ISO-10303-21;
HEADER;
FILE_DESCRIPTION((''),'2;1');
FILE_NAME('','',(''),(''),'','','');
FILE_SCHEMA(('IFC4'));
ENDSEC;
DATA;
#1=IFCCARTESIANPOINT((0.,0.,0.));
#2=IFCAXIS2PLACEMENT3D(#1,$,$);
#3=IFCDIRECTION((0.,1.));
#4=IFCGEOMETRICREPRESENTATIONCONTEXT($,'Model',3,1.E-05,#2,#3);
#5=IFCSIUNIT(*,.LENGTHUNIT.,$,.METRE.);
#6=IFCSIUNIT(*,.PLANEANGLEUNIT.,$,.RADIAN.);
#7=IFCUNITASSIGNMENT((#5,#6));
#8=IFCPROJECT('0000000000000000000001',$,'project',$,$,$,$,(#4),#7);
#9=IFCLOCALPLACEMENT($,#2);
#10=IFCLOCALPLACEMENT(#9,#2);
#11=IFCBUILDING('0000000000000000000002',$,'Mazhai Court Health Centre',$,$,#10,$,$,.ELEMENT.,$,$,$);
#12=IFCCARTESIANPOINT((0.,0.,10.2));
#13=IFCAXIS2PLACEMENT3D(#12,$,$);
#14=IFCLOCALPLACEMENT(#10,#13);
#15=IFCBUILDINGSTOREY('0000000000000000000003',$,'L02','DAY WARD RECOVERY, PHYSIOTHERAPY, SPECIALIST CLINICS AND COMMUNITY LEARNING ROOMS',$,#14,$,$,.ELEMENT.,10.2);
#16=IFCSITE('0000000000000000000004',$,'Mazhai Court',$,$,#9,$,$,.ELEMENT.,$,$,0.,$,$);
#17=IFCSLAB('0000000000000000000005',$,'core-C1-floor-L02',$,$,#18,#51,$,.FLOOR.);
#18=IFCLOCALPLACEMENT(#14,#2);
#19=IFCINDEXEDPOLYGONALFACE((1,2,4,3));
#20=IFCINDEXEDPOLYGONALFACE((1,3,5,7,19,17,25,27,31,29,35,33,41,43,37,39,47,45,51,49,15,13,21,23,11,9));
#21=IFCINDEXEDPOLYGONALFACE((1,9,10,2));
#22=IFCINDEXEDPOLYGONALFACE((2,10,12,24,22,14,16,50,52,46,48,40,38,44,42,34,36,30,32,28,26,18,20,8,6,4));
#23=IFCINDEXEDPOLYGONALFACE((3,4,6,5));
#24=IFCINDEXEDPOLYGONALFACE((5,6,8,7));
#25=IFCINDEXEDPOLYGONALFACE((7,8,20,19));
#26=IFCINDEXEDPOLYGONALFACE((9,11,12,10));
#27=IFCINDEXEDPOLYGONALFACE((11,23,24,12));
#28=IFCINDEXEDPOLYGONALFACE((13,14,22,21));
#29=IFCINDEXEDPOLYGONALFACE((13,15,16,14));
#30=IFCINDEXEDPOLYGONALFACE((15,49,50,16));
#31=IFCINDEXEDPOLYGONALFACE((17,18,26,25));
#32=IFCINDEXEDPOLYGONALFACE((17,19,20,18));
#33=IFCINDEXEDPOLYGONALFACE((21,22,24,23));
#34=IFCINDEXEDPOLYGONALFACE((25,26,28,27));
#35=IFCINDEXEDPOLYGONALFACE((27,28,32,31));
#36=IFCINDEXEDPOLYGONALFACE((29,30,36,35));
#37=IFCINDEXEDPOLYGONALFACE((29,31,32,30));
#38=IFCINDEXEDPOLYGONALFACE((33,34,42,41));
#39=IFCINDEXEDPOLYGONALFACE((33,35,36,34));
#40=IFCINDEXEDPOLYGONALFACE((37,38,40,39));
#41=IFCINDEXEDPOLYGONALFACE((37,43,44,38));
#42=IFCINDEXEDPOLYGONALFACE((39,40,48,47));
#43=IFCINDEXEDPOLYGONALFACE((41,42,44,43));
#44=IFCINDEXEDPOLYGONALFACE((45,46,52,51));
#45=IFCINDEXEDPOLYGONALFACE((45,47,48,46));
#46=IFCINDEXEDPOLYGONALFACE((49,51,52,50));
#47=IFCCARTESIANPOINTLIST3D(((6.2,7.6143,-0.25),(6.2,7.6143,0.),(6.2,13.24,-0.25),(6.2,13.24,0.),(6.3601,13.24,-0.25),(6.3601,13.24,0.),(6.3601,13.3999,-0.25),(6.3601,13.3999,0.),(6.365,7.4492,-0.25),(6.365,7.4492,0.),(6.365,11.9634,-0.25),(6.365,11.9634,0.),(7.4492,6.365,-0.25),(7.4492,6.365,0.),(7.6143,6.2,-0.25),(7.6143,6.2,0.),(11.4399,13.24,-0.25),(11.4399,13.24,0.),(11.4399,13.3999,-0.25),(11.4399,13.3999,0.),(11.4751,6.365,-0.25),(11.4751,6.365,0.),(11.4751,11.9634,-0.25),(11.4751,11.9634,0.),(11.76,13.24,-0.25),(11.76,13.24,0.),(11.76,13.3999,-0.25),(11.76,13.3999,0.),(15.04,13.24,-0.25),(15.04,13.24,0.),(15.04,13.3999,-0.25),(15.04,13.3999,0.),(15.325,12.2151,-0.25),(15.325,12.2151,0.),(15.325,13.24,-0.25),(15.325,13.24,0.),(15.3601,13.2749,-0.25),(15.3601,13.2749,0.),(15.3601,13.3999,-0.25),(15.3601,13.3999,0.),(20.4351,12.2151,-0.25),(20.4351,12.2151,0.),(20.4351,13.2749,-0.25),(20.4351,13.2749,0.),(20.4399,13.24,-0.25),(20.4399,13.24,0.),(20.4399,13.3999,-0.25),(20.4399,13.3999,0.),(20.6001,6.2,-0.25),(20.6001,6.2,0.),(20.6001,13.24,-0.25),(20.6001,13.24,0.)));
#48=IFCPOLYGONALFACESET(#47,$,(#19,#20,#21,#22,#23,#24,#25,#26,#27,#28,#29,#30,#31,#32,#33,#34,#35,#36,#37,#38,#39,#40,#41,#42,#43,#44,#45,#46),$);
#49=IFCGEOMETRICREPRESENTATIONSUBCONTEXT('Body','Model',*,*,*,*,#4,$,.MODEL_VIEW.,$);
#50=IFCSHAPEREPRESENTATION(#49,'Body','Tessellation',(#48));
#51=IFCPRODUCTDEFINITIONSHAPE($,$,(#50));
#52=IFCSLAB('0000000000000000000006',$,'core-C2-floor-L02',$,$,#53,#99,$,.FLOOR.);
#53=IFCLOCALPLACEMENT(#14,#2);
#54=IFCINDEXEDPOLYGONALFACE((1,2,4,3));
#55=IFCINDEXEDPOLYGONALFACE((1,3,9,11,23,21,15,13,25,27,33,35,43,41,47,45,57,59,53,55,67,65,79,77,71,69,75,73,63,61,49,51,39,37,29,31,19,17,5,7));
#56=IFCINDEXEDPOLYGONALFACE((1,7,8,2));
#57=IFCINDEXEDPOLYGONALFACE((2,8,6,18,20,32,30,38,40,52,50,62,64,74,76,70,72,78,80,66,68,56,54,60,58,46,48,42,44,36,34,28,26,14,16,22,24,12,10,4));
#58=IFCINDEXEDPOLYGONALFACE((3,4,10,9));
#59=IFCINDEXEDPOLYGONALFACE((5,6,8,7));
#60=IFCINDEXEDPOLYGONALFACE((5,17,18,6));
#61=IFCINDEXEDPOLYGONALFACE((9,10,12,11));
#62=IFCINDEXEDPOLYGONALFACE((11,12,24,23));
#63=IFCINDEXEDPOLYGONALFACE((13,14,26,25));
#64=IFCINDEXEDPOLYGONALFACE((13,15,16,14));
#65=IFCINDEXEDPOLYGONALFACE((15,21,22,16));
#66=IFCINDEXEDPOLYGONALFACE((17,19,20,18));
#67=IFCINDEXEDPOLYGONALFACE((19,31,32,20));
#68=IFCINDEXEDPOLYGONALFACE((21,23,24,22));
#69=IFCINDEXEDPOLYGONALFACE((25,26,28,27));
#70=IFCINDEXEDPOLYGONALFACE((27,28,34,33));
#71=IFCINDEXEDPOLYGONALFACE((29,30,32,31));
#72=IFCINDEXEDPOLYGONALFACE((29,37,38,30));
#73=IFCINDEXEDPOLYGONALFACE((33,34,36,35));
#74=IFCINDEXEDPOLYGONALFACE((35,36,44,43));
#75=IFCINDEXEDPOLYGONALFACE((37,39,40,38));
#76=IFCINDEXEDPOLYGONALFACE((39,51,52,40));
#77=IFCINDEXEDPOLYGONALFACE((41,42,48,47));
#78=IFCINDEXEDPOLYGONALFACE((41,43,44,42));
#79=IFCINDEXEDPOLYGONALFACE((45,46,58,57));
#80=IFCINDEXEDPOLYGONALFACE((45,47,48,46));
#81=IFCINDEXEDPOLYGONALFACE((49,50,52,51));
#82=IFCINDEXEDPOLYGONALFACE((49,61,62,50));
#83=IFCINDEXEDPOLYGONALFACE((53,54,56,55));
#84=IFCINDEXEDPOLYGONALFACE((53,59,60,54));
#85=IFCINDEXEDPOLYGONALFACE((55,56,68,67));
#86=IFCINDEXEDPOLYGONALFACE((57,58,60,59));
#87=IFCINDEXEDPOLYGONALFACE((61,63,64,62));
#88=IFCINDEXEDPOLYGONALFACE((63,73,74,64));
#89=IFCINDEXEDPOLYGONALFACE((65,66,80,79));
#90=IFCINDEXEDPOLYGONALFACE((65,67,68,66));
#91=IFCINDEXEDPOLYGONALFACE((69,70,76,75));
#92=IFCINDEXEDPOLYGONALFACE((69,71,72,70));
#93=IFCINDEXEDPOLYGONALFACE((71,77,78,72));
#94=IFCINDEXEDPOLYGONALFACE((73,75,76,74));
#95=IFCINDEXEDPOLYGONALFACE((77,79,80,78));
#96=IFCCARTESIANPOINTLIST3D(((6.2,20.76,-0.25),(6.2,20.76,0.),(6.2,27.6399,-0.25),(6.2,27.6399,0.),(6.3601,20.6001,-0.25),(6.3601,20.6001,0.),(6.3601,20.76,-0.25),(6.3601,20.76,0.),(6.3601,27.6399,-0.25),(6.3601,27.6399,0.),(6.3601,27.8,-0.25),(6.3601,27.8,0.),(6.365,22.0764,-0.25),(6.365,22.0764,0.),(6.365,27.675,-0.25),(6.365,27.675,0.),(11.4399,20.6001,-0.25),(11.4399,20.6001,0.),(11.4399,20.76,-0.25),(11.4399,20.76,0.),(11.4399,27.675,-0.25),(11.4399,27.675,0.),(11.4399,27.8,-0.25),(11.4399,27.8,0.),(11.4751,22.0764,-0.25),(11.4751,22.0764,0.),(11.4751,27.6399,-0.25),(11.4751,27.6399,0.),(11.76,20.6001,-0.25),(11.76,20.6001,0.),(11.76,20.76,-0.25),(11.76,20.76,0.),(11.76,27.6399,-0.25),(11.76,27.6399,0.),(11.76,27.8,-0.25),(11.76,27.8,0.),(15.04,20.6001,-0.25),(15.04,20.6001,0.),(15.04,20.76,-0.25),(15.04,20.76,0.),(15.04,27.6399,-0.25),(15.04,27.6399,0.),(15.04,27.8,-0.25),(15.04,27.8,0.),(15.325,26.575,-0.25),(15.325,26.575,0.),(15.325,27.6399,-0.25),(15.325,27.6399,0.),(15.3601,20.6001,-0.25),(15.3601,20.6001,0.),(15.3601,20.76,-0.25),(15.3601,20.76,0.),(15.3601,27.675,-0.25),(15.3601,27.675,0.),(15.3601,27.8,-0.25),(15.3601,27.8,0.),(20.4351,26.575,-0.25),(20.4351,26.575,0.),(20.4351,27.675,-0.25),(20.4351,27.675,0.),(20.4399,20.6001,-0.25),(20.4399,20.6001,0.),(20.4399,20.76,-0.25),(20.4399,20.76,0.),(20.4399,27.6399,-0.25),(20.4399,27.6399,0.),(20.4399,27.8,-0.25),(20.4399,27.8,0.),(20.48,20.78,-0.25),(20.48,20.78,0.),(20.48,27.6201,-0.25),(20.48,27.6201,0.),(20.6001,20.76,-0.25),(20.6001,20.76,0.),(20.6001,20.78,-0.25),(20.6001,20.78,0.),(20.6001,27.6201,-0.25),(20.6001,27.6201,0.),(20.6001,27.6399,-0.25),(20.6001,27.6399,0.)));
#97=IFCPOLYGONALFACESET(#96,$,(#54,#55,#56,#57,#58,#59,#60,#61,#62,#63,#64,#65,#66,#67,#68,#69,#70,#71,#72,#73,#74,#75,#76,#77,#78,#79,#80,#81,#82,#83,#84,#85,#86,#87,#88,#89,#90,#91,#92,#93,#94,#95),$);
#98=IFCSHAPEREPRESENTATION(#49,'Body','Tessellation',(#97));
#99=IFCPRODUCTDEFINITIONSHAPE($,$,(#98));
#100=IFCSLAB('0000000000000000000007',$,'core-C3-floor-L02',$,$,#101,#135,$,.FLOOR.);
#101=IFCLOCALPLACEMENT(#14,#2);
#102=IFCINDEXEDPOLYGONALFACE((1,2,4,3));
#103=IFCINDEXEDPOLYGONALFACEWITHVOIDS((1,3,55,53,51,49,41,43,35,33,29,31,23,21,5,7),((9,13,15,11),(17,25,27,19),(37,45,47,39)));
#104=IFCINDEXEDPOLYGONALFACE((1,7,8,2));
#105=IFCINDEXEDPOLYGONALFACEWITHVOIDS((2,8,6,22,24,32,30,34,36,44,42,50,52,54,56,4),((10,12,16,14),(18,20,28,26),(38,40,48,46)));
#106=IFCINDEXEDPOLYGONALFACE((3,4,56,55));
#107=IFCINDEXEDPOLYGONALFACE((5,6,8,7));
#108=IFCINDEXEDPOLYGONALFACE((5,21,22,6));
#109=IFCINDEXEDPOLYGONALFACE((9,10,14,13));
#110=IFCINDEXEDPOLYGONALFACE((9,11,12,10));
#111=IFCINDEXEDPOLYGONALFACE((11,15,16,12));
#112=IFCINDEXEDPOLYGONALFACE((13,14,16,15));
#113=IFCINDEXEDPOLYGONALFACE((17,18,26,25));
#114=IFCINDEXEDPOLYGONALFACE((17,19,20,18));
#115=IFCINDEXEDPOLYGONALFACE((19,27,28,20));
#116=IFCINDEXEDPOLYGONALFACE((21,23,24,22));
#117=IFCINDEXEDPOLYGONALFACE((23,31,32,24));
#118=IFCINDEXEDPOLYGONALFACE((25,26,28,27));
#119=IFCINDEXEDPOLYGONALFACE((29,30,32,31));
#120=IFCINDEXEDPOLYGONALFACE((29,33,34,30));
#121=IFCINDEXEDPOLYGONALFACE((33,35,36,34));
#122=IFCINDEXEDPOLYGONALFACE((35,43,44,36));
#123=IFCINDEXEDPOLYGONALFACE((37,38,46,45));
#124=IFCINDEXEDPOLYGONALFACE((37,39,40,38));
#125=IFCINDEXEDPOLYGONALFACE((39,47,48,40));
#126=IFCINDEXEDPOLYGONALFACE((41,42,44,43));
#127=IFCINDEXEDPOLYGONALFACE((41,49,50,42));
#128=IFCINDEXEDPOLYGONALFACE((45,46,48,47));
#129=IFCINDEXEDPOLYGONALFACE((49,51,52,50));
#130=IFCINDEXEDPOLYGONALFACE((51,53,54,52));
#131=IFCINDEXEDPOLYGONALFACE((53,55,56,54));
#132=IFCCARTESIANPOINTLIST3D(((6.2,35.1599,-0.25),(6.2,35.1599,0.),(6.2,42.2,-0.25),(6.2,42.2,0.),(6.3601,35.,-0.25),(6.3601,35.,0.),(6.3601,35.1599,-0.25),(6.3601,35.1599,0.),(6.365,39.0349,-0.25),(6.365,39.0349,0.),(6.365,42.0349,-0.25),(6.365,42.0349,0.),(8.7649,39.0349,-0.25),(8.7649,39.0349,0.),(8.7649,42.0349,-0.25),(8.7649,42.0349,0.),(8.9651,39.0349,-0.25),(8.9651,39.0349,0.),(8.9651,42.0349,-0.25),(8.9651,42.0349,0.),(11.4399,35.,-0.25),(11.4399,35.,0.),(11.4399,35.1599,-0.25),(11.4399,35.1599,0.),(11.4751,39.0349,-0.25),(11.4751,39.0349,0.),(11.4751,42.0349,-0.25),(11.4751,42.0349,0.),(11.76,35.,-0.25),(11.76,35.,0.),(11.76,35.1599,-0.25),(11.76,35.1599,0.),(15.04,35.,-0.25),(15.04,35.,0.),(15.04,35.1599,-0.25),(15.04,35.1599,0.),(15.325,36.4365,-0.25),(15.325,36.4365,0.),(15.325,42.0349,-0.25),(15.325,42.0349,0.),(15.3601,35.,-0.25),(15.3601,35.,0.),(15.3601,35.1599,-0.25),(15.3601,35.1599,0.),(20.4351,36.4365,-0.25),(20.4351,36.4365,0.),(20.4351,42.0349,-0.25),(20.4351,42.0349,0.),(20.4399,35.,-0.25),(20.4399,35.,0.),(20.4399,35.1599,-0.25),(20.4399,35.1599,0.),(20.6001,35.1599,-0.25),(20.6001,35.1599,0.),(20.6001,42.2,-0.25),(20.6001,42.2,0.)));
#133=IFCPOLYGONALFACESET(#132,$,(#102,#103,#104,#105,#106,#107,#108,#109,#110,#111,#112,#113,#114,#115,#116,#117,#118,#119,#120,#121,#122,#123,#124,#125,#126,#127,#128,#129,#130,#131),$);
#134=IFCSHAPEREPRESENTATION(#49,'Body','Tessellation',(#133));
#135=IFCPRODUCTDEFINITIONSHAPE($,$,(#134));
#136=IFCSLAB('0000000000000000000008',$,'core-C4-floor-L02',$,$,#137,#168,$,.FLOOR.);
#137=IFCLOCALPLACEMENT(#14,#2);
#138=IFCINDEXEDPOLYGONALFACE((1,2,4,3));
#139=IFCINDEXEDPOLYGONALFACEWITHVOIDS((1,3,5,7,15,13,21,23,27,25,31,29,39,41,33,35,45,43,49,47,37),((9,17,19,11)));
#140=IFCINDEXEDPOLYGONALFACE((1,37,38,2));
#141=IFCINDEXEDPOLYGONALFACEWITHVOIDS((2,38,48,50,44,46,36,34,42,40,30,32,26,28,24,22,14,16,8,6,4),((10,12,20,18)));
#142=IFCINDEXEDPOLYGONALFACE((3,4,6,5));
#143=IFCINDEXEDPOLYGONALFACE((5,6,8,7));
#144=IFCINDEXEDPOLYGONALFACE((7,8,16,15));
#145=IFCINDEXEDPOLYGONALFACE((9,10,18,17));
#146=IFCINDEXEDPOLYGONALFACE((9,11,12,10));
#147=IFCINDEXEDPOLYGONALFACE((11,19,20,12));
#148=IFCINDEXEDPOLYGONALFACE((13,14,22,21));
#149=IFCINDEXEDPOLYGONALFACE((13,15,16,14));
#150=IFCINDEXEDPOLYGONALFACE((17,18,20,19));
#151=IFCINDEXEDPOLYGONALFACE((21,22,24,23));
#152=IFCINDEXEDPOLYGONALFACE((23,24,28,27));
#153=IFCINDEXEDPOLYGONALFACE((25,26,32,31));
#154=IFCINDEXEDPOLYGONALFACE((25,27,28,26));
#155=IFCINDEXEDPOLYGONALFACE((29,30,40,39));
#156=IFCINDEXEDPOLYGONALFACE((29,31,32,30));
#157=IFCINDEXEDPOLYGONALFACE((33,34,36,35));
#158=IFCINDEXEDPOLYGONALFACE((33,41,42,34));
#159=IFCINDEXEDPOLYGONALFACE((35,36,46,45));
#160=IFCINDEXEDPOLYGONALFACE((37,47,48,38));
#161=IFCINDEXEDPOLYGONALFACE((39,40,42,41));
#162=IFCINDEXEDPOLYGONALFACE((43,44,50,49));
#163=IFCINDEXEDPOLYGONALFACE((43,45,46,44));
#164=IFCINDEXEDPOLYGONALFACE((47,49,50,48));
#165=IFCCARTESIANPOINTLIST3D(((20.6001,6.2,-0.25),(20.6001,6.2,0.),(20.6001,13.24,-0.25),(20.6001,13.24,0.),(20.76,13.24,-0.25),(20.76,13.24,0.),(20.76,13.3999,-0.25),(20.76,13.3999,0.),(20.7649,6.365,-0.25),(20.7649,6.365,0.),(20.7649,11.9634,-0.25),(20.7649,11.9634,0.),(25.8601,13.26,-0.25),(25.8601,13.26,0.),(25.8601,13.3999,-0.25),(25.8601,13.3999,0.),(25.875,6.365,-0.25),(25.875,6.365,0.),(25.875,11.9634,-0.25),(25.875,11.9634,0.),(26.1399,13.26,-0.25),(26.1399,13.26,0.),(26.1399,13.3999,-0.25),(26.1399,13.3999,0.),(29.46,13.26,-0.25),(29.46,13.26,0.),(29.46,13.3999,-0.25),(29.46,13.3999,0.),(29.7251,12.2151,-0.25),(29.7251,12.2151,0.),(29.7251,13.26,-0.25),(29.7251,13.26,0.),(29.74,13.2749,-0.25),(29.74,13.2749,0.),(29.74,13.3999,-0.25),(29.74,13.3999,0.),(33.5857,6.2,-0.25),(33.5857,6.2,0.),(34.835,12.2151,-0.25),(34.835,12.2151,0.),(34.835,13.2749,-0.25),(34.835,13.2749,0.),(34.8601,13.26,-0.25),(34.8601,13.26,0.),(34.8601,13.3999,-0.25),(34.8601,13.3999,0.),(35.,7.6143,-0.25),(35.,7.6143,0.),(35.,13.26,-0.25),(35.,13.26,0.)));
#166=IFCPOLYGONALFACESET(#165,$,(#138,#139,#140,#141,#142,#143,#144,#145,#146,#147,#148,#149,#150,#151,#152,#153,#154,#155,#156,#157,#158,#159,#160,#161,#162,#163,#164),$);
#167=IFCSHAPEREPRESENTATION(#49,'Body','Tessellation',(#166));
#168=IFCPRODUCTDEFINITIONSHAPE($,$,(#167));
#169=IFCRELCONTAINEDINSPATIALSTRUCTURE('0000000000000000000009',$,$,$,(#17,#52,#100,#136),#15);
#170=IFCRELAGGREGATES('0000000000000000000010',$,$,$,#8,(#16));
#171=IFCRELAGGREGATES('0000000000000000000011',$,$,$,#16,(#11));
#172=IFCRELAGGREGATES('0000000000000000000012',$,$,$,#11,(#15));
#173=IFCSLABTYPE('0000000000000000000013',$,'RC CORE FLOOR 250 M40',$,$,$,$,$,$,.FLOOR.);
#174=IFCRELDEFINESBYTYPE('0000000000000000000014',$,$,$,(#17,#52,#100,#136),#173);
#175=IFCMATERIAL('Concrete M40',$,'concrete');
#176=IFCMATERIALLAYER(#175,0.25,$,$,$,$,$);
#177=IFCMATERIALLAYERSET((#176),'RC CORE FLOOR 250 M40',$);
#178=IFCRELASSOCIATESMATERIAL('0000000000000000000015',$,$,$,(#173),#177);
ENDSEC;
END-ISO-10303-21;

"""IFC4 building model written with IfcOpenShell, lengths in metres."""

from ifc_helpers import new_model, si_unit, direction, frame, origin, place, context, subcontext, project, spatial, polyline, outline, extrude, material, layer, layer_set, type_object, element, save


model = new_model("IFC4")

# Units and contexts
model_context = context("Model", 3, precision=1e-05, world=origin(), true_north=direction((0.0, 1.0)))
body_context = subcontext(model_context, "Body", "Model", "MODEL_VIEW")
ifc_project = project(units=[si_unit("LENGTHUNIT", "METRE"), si_unit("PLANEANGLEUNIT", "RADIAN")], contexts=[model_context])

# Site, building, storey
site_placement = place(None, origin())
site = spatial("IfcSite", under=ifc_project, at=site_placement, Name="Mazhai Court", CompositionType="ELEMENT", RefElevation=0.0)
building_placement = place(site_placement, origin())
building = spatial("IfcBuilding", under=site, at=building_placement, Name="Mazhai Court Health Centre", CompositionType="ELEMENT")
storey_placement = place(building_placement, frame((0.0, 0.0, 10.2)))
storey = spatial("IfcBuildingStorey", under=building, at=storey_placement, Name="L02", Description="DAY WARD RECOVERY, PHYSIOTHERAPY, SPECIALIST CLINICS AND COMMUNITY LEARNING ROOMS", CompositionType="ELEMENT", Elevation=10.2)

# Slabs
ifc_material_1 = material(Name="Concrete M40", Category="concrete")
ifc_layer_1 = layer(ifc_material_1, 0.25)
ifc_layer_set_1 = layer_set([ifc_layer_1], Name="RC CORE FLOOR 250 M40")
slab_type_1 = type_object("IfcSlabType", Name="RC CORE FLOOR 250 M40", PredefinedType="FLOOR", material=ifc_layer_set_1)
slab_1_placement = place(storey_placement, frame((0.0, 0.0, -0.25)))
element("IfcSlab", 1, at=slab_1_placement, inside=storey, type_object=slab_type_1, Name="core-C1-floor-L02", PredefinedType="FLOOR", context=body_context, shape_type="SweptSolid", body=[
    extrude(outline(polyline([(6.3601, 13.3999), (11.4399, 13.3999), (11.4399, 13.24), (11.76, 13.24), (11.76, 13.3999), (15.04, 13.3999), (15.04, 13.24), (15.325, 13.24), (15.325, 12.2151), (20.4351, 12.2151), (20.4351, 13.2749), (15.3601, 13.2749), (15.3601, 13.3999), (20.4399, 13.3999), (20.4399, 13.24), (20.6001, 13.24), (20.6001, 6.2), (7.6143, 6.2), (7.4492, 6.365), (11.4751, 6.365), (11.4751, 11.9634), (6.365, 11.9634), (6.365, 7.4492), (6.2, 7.6143), (6.2, 13.24), (6.3601, 13.24), (6.3601, 13.3999)])), origin(), (0.0, 0.0, 1.0), 0.25),
])
slab_2_placement = place(storey_placement, frame((0.0, 0.0, -0.25)))
element("IfcSlab", 2, at=slab_2_placement, inside=storey, type_object=slab_type_1, Name="core-C2-floor-L02", PredefinedType="FLOOR", context=body_context, shape_type="SweptSolid", body=[
    extrude(outline(polyline([(6.3601, 27.8), (11.4399, 27.8), (11.4399, 27.675), (6.365, 27.675), (6.365, 22.0764), (11.4751, 22.0764), (11.4751, 27.6399), (11.76, 27.6399), (11.76, 27.8), (15.04, 27.8), (15.04, 27.6399), (15.325, 27.6399), (15.325, 26.575), (20.4351, 26.575), (20.4351, 27.675), (15.3601, 27.675), (15.3601, 27.8), (20.4399, 27.8), (20.4399, 27.6399), (20.6001, 27.6399), (20.6001, 27.6201), (20.48, 27.6201), (20.48, 20.78), (20.6001, 20.78), (20.6001, 20.76), (20.4399, 20.76), (20.4399, 20.6001), (15.3601, 20.6001), (15.3601, 20.76), (15.04, 20.76), (15.04, 20.6001), (11.76, 20.6001), (11.76, 20.76), (11.4399, 20.76), (11.4399, 20.6001), (6.3601, 20.6001), (6.3601, 20.76), (6.2, 20.76), (6.2, 27.6399), (6.3601, 27.6399), (6.3601, 27.8)])), origin(), (0.0, 0.0, 1.0), 0.25),
])
slab_3_placement = place(storey_placement, frame((0.0, 0.0, -0.25)))
element("IfcSlab", 3, at=slab_3_placement, inside=storey, type_object=slab_type_1, Name="core-C3-floor-L02", PredefinedType="FLOOR", context=body_context, shape_type="SweptSolid", body=[
    extrude(outline(polyline([(20.6001, 42.2), (20.6001, 35.1599), (20.4399, 35.1599), (20.4399, 35.0), (15.3601, 35.0), (15.3601, 35.1599), (15.04, 35.1599), (15.04, 35.0), (11.76, 35.0), (11.76, 35.1599), (11.4399, 35.1599), (11.4399, 35.0), (6.3601, 35.0), (6.3601, 35.1599), (6.2, 35.1599), (6.2, 42.2), (20.6001, 42.2)]), holes=[polyline([(15.325, 36.4365), (20.4351, 36.4365), (20.4351, 42.0349), (15.325, 42.0349), (15.325, 36.4365)]), polyline([(8.7649, 42.0349), (6.365, 42.0349), (6.365, 39.0349), (8.7649, 39.0349), (8.7649, 42.0349)]), polyline([(11.4751, 42.0349), (8.9651, 42.0349), (8.9651, 39.0349), (11.4751, 39.0349), (11.4751, 42.0349)])]), origin(), (0.0, 0.0, 1.0), 0.25),
])
slab_4_placement = place(storey_placement, frame((0.0, 0.0, -0.25)))
element("IfcSlab", 4, at=slab_4_placement, inside=storey, type_object=slab_type_1, Name="core-C4-floor-L02", PredefinedType="FLOOR", context=body_context, shape_type="SweptSolid", body=[
    extrude(outline(polyline([(20.76, 13.3999), (25.8601, 13.3999), (25.8601, 13.26), (26.1399, 13.26), (26.1399, 13.3999), (29.46, 13.3999), (29.46, 13.26), (29.7251, 13.26), (29.7251, 12.2151), (34.835, 12.2151), (34.835, 13.2749), (29.74, 13.2749), (29.74, 13.3999), (34.8601, 13.3999), (34.8601, 13.26), (35.0, 13.26), (35.0, 7.6143), (33.5857, 6.2), (20.6001, 6.2), (20.6001, 13.24), (20.76, 13.24), (20.76, 13.3999)]), holes=[polyline([(25.875, 11.9634), (20.7649, 11.9634), (20.7649, 6.365), (25.875, 6.365), (25.875, 11.9634)])]), origin(), (0.0, 0.0, 1.0), 0.25),
])

save(model, "model.ifc")
